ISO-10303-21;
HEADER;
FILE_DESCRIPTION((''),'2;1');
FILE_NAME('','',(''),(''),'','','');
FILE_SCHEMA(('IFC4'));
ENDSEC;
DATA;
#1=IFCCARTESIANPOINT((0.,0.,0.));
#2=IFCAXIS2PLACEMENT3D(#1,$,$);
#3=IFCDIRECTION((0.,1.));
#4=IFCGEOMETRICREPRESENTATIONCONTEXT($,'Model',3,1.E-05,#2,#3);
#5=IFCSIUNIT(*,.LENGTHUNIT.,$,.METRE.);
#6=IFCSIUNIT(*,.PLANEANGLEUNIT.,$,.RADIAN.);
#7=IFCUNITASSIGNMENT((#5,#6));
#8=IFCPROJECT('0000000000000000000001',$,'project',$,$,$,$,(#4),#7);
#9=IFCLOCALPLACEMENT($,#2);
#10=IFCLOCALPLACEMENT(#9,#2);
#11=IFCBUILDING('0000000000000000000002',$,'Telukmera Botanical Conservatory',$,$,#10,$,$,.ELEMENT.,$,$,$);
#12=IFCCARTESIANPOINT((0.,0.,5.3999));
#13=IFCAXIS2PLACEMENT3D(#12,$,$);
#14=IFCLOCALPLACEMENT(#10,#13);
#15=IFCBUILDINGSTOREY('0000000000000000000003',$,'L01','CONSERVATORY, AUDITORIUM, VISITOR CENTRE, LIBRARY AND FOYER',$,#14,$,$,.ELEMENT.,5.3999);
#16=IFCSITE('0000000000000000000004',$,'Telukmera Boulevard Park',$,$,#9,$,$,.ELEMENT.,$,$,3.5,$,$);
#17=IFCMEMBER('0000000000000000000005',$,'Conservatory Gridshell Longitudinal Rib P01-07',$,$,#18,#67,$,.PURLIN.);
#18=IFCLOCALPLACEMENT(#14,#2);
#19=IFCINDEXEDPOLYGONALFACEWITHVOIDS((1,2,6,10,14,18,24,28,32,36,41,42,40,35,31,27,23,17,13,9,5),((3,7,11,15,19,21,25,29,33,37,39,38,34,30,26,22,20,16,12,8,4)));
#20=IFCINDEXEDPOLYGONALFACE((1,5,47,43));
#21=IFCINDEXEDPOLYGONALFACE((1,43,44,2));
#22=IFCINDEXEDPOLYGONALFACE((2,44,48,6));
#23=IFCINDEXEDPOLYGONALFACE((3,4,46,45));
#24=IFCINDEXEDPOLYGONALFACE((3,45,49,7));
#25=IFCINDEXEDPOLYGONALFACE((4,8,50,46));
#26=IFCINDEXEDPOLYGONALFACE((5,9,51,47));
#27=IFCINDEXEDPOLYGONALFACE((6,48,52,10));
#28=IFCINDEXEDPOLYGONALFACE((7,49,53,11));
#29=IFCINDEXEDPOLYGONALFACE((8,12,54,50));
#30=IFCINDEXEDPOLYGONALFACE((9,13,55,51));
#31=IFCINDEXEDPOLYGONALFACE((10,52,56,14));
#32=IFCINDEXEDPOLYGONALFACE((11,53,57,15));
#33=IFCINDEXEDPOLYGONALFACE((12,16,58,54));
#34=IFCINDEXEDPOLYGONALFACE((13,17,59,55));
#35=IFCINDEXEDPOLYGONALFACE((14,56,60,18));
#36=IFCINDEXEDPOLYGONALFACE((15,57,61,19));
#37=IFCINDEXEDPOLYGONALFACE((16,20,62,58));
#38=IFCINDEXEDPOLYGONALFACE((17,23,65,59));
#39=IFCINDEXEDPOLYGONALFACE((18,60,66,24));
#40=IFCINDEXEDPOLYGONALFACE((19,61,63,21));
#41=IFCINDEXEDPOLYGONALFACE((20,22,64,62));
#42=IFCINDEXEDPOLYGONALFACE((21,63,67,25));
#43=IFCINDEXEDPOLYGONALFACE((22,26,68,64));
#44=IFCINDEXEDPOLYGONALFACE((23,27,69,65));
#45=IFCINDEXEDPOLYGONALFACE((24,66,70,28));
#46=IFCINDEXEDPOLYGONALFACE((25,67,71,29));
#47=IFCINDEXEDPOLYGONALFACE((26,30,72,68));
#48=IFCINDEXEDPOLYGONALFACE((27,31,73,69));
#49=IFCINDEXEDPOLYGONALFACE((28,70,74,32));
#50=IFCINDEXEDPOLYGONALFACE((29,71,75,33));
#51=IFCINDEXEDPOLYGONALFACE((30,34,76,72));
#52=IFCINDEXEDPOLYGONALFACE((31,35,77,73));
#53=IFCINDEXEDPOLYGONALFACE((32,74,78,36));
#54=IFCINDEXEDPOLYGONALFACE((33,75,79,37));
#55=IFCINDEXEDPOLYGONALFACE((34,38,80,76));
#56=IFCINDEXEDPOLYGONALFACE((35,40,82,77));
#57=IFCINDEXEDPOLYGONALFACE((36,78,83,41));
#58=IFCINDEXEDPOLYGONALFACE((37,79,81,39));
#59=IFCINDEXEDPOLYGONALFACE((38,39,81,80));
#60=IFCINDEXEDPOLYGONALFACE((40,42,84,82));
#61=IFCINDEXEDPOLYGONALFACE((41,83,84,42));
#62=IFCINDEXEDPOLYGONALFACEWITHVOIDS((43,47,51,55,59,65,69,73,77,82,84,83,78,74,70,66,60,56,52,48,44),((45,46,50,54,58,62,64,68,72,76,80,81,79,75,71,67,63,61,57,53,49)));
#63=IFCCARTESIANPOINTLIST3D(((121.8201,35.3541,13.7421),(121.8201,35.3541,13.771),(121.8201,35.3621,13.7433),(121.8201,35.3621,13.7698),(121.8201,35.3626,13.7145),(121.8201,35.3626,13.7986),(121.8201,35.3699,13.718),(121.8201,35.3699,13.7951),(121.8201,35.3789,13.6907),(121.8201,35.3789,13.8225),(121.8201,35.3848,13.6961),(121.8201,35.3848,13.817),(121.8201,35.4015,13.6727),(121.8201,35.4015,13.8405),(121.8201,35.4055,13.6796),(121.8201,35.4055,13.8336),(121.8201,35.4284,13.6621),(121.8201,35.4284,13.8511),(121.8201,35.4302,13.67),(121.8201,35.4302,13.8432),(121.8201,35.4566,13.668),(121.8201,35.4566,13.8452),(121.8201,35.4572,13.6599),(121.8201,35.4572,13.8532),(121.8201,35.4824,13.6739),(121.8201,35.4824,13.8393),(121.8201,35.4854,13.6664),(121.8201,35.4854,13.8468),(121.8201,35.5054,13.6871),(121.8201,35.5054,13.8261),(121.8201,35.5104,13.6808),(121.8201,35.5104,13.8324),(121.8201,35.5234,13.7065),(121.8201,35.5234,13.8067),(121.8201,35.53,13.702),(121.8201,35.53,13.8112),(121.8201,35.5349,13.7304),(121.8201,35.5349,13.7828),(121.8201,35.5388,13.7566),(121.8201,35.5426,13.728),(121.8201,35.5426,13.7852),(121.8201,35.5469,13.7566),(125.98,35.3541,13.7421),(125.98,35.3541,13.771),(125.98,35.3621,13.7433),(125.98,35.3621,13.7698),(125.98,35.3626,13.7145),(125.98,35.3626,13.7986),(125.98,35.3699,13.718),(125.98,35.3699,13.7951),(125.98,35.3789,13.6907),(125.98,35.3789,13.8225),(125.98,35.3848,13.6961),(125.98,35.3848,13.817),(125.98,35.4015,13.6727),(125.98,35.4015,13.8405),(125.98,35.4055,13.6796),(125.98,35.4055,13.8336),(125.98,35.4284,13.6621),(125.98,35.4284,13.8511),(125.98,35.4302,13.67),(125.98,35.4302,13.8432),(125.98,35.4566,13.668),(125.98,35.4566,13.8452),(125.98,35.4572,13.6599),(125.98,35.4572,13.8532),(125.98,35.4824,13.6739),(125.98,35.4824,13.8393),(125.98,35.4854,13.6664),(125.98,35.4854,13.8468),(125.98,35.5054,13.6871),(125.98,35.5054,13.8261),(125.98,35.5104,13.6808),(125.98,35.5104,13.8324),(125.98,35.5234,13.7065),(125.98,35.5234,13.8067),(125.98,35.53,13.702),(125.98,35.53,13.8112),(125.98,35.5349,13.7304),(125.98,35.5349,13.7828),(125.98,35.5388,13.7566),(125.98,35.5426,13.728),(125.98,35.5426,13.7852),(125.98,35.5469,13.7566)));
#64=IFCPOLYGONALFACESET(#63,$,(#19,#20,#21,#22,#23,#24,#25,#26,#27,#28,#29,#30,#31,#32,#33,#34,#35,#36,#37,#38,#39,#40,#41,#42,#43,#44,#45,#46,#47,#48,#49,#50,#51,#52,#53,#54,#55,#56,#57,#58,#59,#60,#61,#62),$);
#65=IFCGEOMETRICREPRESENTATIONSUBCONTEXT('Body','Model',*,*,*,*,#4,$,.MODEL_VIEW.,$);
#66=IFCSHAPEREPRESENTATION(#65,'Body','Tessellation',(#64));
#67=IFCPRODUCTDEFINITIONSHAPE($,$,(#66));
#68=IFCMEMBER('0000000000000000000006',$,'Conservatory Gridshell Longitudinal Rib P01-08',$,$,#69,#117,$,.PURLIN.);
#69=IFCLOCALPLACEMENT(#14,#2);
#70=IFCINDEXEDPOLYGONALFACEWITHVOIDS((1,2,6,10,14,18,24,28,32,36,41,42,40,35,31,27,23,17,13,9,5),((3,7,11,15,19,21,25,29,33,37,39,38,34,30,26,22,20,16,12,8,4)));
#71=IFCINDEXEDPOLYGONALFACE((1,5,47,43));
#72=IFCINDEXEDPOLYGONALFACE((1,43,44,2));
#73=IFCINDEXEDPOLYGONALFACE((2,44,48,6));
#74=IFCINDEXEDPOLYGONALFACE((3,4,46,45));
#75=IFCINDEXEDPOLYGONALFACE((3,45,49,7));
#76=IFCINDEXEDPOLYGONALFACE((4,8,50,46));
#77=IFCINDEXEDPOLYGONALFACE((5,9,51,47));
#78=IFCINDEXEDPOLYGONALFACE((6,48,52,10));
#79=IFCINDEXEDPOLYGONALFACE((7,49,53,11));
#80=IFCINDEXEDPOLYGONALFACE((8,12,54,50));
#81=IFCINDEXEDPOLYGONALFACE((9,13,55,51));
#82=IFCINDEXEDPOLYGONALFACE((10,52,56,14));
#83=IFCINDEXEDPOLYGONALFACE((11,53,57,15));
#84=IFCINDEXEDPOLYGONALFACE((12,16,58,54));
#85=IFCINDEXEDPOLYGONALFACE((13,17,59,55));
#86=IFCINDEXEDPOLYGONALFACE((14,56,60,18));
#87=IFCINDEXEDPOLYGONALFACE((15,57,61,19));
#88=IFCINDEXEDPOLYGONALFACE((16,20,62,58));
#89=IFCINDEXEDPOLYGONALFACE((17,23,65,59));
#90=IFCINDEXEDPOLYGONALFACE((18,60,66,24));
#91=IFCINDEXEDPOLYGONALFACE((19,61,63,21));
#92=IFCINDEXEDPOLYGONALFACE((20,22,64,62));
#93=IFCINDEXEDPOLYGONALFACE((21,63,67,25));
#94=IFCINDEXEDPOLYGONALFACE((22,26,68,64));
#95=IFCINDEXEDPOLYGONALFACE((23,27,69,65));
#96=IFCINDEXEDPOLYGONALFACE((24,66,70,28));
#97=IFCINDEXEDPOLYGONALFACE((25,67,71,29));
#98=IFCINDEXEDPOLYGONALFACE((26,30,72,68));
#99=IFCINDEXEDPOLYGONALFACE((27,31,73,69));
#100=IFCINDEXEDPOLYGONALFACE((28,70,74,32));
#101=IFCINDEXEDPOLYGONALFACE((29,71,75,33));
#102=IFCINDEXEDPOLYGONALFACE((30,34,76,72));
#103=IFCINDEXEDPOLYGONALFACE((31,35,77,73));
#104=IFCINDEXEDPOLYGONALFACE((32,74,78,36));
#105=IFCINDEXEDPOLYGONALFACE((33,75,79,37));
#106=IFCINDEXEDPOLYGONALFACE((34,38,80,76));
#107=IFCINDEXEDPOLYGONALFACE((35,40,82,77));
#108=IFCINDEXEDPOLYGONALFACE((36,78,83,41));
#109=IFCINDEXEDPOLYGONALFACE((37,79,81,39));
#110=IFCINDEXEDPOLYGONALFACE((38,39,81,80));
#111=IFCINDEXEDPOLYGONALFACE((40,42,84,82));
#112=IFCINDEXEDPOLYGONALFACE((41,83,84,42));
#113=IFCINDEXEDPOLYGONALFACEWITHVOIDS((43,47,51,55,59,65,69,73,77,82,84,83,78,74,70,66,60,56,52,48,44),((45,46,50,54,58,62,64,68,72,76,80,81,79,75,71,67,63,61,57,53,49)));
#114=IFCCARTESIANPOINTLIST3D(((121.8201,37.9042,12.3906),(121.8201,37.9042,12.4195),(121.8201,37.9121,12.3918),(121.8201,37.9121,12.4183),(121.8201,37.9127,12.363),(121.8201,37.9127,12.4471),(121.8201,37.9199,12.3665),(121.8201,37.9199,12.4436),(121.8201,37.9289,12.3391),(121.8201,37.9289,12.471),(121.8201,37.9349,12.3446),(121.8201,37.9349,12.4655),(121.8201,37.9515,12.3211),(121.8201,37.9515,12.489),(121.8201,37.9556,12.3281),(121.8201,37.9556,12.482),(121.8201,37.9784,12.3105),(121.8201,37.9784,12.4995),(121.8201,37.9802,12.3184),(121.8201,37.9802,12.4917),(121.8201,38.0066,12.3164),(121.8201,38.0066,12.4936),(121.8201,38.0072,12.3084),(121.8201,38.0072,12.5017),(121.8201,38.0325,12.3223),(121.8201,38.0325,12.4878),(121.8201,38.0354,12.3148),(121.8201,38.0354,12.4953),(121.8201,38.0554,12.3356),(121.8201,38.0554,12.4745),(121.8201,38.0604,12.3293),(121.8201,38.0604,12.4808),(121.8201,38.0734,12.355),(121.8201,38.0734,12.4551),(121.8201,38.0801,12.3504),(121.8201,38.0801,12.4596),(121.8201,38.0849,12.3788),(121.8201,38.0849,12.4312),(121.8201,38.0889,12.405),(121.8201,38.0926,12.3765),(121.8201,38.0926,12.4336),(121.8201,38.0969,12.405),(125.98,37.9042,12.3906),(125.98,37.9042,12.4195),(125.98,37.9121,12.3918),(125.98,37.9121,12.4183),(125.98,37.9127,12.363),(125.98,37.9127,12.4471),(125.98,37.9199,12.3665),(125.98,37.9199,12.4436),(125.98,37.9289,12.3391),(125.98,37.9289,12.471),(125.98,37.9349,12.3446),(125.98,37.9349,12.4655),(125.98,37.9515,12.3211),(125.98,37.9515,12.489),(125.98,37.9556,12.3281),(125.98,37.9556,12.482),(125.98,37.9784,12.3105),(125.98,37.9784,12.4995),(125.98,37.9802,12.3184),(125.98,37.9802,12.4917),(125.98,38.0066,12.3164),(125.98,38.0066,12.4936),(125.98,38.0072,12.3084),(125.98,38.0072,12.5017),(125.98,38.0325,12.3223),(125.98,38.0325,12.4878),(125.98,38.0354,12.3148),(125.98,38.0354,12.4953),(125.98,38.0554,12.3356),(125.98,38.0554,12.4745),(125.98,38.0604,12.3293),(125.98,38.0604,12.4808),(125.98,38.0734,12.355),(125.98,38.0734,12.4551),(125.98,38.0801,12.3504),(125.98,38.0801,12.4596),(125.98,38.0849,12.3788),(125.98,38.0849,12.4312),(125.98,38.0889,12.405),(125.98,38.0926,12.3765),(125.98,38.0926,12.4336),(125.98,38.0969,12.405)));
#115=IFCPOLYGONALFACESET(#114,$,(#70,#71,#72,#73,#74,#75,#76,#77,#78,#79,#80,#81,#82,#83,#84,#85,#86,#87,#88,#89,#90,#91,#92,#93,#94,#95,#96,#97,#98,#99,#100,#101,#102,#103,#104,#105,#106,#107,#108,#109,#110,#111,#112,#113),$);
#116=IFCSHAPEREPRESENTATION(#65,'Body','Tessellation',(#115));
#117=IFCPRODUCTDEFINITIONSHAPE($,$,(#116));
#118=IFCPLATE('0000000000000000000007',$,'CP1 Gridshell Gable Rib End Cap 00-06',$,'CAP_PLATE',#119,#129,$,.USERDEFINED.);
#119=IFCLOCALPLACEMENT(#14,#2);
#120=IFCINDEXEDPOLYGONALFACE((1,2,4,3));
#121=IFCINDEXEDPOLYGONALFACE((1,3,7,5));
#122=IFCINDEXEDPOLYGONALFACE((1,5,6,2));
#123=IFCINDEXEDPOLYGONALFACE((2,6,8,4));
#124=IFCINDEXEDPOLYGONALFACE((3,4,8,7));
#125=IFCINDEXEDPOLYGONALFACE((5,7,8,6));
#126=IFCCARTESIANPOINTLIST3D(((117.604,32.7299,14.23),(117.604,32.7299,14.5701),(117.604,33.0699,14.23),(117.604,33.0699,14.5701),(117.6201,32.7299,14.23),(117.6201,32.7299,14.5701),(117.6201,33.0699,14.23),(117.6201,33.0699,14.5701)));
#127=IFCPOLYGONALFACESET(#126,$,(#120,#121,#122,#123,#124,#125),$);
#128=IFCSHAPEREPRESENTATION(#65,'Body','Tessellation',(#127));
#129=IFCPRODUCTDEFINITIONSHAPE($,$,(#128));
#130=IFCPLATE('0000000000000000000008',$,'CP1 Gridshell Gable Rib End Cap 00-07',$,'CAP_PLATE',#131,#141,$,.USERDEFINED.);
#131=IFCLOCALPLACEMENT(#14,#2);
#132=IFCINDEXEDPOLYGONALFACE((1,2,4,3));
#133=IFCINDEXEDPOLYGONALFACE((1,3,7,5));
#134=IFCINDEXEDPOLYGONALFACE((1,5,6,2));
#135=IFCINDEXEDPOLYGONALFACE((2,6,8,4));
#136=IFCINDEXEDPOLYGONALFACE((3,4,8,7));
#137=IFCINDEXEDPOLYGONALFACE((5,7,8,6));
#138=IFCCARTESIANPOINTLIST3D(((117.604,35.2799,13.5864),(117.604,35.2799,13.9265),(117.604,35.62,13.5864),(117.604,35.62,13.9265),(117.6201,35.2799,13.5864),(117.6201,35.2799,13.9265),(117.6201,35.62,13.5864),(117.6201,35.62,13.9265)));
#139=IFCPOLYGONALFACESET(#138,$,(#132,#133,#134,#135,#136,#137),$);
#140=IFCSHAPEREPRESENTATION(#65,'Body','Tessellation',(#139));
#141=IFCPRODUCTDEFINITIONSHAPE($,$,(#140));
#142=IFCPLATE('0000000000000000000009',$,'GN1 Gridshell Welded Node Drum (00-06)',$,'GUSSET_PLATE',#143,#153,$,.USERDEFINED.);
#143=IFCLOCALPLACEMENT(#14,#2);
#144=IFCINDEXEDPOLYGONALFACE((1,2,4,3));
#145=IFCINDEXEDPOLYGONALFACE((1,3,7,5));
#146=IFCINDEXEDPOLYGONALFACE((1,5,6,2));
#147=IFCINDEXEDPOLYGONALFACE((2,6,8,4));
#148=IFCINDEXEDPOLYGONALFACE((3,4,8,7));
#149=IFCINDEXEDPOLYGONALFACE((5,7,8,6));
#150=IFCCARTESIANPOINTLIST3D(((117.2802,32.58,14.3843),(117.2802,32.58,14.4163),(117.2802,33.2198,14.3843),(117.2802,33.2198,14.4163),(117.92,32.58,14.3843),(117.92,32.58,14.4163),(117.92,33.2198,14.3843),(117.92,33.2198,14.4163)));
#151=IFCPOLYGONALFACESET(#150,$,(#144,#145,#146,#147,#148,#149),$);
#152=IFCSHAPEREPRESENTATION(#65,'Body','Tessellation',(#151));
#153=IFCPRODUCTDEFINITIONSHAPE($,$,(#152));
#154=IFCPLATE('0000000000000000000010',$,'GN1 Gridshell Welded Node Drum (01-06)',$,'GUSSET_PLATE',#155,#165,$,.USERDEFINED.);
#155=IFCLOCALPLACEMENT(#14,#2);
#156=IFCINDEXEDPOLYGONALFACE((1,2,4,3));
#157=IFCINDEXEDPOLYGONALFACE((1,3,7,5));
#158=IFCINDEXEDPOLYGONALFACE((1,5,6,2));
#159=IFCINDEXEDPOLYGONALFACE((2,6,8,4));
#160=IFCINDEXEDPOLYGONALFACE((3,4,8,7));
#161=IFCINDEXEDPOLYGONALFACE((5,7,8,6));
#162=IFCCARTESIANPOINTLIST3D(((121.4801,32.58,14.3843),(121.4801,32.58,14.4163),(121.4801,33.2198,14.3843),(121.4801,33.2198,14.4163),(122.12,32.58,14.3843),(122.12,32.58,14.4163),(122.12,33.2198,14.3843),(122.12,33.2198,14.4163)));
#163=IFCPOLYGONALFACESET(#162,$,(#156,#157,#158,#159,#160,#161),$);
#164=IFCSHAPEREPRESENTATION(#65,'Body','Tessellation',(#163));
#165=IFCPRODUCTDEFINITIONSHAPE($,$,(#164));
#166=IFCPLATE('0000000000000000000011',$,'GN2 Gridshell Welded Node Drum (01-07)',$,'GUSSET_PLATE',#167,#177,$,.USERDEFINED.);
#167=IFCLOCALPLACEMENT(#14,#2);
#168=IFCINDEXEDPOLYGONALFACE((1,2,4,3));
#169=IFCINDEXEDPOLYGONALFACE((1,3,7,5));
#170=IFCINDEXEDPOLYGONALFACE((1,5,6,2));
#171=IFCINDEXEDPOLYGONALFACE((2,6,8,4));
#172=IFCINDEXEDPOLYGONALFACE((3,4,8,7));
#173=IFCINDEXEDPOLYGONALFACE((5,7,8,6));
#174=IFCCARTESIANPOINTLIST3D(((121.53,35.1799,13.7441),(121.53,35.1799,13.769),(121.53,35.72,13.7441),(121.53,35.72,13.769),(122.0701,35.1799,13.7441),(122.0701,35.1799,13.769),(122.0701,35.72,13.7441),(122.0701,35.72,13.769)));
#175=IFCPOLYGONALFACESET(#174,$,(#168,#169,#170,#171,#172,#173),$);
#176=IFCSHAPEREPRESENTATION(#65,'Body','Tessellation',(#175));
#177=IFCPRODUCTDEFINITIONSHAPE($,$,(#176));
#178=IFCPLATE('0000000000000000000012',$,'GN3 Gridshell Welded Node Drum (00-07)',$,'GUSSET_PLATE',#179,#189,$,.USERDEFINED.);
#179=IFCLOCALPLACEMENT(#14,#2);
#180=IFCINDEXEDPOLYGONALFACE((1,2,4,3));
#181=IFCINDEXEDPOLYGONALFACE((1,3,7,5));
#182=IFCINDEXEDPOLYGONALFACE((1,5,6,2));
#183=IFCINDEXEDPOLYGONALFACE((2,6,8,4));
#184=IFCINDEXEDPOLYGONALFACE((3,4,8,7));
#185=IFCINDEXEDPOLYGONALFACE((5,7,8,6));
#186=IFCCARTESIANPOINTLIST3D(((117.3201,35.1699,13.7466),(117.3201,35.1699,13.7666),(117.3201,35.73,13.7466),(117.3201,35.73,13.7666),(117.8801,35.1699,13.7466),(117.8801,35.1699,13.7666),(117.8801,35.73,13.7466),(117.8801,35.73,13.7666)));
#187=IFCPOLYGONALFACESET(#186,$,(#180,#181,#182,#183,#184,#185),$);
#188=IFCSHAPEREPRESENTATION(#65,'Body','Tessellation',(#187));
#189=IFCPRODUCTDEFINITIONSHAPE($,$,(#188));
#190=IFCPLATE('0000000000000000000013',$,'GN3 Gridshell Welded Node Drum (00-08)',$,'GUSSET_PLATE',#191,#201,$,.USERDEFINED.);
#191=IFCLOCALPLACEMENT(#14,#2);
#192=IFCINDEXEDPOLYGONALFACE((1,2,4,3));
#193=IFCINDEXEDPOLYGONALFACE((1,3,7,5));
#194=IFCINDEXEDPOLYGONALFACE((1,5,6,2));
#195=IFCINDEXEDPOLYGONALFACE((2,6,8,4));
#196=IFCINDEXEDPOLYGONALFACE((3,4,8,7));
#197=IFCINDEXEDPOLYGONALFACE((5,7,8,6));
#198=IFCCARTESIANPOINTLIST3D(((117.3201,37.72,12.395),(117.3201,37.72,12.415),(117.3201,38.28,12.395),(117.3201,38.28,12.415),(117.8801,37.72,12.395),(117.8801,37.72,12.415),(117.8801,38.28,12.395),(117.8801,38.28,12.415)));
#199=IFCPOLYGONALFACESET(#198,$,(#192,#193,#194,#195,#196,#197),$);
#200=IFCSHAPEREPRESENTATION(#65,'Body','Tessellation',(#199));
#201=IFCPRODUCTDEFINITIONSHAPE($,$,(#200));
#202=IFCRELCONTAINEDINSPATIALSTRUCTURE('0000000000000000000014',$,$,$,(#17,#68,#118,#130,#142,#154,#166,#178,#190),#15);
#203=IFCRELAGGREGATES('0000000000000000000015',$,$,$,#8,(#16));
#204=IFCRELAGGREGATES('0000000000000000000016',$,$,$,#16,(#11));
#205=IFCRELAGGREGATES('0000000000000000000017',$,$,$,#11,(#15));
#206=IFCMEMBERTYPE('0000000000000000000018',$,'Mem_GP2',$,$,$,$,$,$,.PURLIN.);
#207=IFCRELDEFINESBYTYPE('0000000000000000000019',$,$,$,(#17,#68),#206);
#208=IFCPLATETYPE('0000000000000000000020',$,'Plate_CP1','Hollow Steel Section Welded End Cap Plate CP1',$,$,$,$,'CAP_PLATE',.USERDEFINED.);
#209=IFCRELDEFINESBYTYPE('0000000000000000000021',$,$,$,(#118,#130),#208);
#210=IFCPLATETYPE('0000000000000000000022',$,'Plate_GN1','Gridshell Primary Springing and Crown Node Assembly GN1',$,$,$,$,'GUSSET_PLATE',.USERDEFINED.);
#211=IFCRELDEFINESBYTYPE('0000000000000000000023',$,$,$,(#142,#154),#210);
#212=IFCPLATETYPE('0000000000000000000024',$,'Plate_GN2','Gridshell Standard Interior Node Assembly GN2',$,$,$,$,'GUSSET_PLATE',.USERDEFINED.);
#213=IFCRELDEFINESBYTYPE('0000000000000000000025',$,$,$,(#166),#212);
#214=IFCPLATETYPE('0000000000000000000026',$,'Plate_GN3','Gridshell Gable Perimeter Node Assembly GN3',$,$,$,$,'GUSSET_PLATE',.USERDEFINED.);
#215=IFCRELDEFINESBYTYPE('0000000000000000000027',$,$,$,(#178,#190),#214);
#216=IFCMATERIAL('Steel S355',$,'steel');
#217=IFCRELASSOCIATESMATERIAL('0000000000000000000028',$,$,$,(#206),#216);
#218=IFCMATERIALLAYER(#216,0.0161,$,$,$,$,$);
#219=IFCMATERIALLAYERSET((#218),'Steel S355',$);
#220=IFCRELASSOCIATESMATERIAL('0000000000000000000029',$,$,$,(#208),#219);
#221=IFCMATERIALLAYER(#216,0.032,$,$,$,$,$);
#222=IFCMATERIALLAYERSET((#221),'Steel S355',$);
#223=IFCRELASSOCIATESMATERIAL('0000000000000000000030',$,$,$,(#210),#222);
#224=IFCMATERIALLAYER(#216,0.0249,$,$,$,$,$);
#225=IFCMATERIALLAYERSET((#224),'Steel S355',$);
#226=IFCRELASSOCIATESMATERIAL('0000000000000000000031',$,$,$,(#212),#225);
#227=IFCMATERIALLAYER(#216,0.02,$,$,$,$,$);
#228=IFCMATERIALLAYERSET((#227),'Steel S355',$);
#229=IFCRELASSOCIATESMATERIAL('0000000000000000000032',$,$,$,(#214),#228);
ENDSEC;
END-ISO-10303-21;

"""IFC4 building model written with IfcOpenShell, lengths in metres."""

from ifc_helpers import new_model, si_unit, direction, frame, origin, origin_2d, place, context, subcontext, project, spatial, rectangle, hollow_circle, extrude, material, layer, layer_set, material_profile, profile_set, type_object, element, save


model = new_model("IFC4")

# Units and contexts
model_context = context("Model", 3, precision=1e-05, world=origin(), true_north=direction((0.0, 1.0)))
body_context = subcontext(model_context, "Body", "Model", "MODEL_VIEW")
ifc_project = project(units=[si_unit("LENGTHUNIT", "METRE"), si_unit("PLANEANGLEUNIT", "RADIAN")], contexts=[model_context])

# Site, building, storey
site_placement = place(None, origin())
site = spatial("IfcSite", under=ifc_project, at=site_placement, Name="Telukmera Boulevard Park", CompositionType="ELEMENT", RefElevation=3.5)
building_placement = place(site_placement, origin())
building = spatial("IfcBuilding", under=site, at=building_placement, Name="Telukmera Botanical Conservatory", CompositionType="ELEMENT")
storey_placement = place(building_placement, frame((0.0, 0.0, 5.3999)))
storey = spatial("IfcBuildingStorey", under=building, at=storey_placement, Name="L01", Description="CONSERVATORY, AUDITORIUM, VISITOR CENTRE, LIBRARY AND FOYER", CompositionType="ELEMENT", Elevation=5.3999)

# Shared definitions
ifc_material = material(Name="Steel S355", Category="steel")

# Members
ifc_material_profile_1 = material_profile(ifc_material, hollow_circle(Radius=0.0969, WallThickness=0.0081, at=origin_2d()), Name="CHS 193.7x8.0")
ifc_profile_set_1 = profile_set([ifc_material_profile_1], Name="Steel S355")
member_type_1 = type_object("IfcMemberType", Name="Mem_GP2", PredefinedType="PURLIN", material=ifc_profile_set_1)
for number, where, z_axis, x_axis, name in (
    (1, (121.8201, 35.45, 13.7566), (1.0, 0.0, 0.0), (0.0, 1.0, 0.0), "Conservatory Gridshell Longitudinal Rib P01-07"),
    (2, (121.8201, 38.0, 12.405), (1.0, 0.0, 0.0), (0.0, 1.0, 0.0), "Conservatory Gridshell Longitudinal Rib P01-08"),
):
    element("IfcMember", number, at=place(storey_placement, frame(where, z_axis=z_axis, x_axis=x_axis)), inside=storey, type_object=member_type_1, Name=name, PredefinedType="PURLIN", context=body_context, shape_type="SweptSolid", body=[
        extrude(hollow_circle(Radius=0.0969, WallThickness=0.0081, at=origin_2d()), origin(), (0.0, 0.0, 1.0), 4.1599),
    ])

# Plates
ifc_layer_1 = layer(ifc_material, 0.0161)
ifc_layer_set_1 = layer_set([ifc_layer_1], Name="Steel S355")
plate_type_1 = type_object("IfcPlateType", Name="Plate_CP1", Description="Hollow Steel Section Welded End Cap Plate CP1", ElementType="CAP_PLATE", PredefinedType="USERDEFINED", material=ifc_layer_set_1)
for number, where, z_axis, x_axis, name in (
    (3, (117.6121, 32.8999, 14.23), (0.0, 0.0, 1.0), (1.0, 0.0, 0.0), "CP1 Gridshell Gable Rib End Cap 00-06"),
    (4, (117.6121, 35.45, 13.5864), (0.0, 0.0, 1.0), (1.0, 0.0, 0.0), "CP1 Gridshell Gable Rib End Cap 00-07"),
):
    element("IfcPlate", number, at=place(storey_placement, frame(where, z_axis=z_axis, x_axis=x_axis)), inside=storey, type_object=plate_type_1, Name=name, ObjectType="CAP_PLATE", PredefinedType="USERDEFINED", context=body_context, shape_type="SweptSolid", body=[
        extrude(rectangle(XDim=0.0161, YDim=0.3401, at=origin_2d()), origin(), (0.0, 0.0, 1.0), 0.3401),
    ])
ifc_layer_2 = layer(ifc_material, 0.032)
ifc_layer_set_2 = layer_set([ifc_layer_2], Name="Steel S355")
plate_type_2 = type_object("IfcPlateType", Name="Plate_GN1", Description="Gridshell Primary Springing and Crown Node Assembly GN1", ElementType="GUSSET_PLATE", PredefinedType="USERDEFINED", material=ifc_layer_set_2)
for number, where, z_axis, x_axis, name in (
    (5, (117.6001, 32.8999, 14.3843), (0.0, 0.0, 1.0), (1.0, 0.0, 0.0), "GN1 Gridshell Welded Node Drum (00-06)"),
    (6, (121.8, 32.8999, 14.3843), (0.0, 0.0, 1.0), (1.0, 0.0, 0.0), "GN1 Gridshell Welded Node Drum (01-06)"),
):
    element("IfcPlate", number, at=place(storey_placement, frame(where, z_axis=z_axis, x_axis=x_axis)), inside=storey, type_object=plate_type_2, Name=name, ObjectType="GUSSET_PLATE", PredefinedType="USERDEFINED", context=body_context, shape_type="SweptSolid", body=[
        extrude(rectangle(XDim=0.6399, YDim=0.6399, at=origin_2d()), origin(), (0.0, 0.0, 1.0), 0.032),
    ])
ifc_layer_3 = layer(ifc_material, 0.0249)
ifc_layer_set_3 = layer_set([ifc_layer_3], Name="Steel S355")
plate_type_3 = type_object("IfcPlateType", Name="Plate_GN2", Description="Gridshell Standard Interior Node Assembly GN2", ElementType="GUSSET_PLATE", PredefinedType="USERDEFINED", material=ifc_layer_set_3)
plate_placement = place(storey_placement, frame((121.8, 35.45, 13.7441), z_axis=(0.0, 0.0, 1.0), x_axis=(1.0, 0.0, 0.0)))
element("IfcPlate", 7, at=plate_placement, inside=storey, type_object=plate_type_3, Name="GN2 Gridshell Welded Node Drum (01-07)", ObjectType="GUSSET_PLATE", PredefinedType="USERDEFINED", context=body_context, shape_type="SweptSolid", body=[
    extrude(rectangle(XDim=0.54, YDim=0.54, at=origin_2d()), origin(), (0.0, 0.0, 1.0), 0.0249),
])
ifc_layer_4 = layer(ifc_material, 0.02)
ifc_layer_set_4 = layer_set([ifc_layer_4], Name="Steel S355")
plate_type_4 = type_object("IfcPlateType", Name="Plate_GN3", Description="Gridshell Gable Perimeter Node Assembly GN3", ElementType="GUSSET_PLATE", PredefinedType="USERDEFINED", material=ifc_layer_set_4)
for number, where, z_axis, x_axis, name in (
    (8, (117.6001, 35.45, 13.7466), (0.0, 0.0, 1.0), (1.0, 0.0, 0.0), "GN3 Gridshell Welded Node Drum (00-07)"),
    (9, (117.6001, 38.0, 12.395), (0.0, 0.0, 1.0), (1.0, 0.0, 0.0), "GN3 Gridshell Welded Node Drum (00-08)"),
):
    element("IfcPlate", number, at=place(storey_placement, frame(where, z_axis=z_axis, x_axis=x_axis)), inside=storey, type_object=plate_type_4, Name=name, ObjectType="GUSSET_PLATE", PredefinedType="USERDEFINED", context=body_context, shape_type="SweptSolid", body=[
        extrude(rectangle(XDim=0.5601, YDim=0.5601, at=origin_2d()), origin(), (0.0, 0.0, 1.0), 0.02),
    ])

save(model, "model.ifc")
